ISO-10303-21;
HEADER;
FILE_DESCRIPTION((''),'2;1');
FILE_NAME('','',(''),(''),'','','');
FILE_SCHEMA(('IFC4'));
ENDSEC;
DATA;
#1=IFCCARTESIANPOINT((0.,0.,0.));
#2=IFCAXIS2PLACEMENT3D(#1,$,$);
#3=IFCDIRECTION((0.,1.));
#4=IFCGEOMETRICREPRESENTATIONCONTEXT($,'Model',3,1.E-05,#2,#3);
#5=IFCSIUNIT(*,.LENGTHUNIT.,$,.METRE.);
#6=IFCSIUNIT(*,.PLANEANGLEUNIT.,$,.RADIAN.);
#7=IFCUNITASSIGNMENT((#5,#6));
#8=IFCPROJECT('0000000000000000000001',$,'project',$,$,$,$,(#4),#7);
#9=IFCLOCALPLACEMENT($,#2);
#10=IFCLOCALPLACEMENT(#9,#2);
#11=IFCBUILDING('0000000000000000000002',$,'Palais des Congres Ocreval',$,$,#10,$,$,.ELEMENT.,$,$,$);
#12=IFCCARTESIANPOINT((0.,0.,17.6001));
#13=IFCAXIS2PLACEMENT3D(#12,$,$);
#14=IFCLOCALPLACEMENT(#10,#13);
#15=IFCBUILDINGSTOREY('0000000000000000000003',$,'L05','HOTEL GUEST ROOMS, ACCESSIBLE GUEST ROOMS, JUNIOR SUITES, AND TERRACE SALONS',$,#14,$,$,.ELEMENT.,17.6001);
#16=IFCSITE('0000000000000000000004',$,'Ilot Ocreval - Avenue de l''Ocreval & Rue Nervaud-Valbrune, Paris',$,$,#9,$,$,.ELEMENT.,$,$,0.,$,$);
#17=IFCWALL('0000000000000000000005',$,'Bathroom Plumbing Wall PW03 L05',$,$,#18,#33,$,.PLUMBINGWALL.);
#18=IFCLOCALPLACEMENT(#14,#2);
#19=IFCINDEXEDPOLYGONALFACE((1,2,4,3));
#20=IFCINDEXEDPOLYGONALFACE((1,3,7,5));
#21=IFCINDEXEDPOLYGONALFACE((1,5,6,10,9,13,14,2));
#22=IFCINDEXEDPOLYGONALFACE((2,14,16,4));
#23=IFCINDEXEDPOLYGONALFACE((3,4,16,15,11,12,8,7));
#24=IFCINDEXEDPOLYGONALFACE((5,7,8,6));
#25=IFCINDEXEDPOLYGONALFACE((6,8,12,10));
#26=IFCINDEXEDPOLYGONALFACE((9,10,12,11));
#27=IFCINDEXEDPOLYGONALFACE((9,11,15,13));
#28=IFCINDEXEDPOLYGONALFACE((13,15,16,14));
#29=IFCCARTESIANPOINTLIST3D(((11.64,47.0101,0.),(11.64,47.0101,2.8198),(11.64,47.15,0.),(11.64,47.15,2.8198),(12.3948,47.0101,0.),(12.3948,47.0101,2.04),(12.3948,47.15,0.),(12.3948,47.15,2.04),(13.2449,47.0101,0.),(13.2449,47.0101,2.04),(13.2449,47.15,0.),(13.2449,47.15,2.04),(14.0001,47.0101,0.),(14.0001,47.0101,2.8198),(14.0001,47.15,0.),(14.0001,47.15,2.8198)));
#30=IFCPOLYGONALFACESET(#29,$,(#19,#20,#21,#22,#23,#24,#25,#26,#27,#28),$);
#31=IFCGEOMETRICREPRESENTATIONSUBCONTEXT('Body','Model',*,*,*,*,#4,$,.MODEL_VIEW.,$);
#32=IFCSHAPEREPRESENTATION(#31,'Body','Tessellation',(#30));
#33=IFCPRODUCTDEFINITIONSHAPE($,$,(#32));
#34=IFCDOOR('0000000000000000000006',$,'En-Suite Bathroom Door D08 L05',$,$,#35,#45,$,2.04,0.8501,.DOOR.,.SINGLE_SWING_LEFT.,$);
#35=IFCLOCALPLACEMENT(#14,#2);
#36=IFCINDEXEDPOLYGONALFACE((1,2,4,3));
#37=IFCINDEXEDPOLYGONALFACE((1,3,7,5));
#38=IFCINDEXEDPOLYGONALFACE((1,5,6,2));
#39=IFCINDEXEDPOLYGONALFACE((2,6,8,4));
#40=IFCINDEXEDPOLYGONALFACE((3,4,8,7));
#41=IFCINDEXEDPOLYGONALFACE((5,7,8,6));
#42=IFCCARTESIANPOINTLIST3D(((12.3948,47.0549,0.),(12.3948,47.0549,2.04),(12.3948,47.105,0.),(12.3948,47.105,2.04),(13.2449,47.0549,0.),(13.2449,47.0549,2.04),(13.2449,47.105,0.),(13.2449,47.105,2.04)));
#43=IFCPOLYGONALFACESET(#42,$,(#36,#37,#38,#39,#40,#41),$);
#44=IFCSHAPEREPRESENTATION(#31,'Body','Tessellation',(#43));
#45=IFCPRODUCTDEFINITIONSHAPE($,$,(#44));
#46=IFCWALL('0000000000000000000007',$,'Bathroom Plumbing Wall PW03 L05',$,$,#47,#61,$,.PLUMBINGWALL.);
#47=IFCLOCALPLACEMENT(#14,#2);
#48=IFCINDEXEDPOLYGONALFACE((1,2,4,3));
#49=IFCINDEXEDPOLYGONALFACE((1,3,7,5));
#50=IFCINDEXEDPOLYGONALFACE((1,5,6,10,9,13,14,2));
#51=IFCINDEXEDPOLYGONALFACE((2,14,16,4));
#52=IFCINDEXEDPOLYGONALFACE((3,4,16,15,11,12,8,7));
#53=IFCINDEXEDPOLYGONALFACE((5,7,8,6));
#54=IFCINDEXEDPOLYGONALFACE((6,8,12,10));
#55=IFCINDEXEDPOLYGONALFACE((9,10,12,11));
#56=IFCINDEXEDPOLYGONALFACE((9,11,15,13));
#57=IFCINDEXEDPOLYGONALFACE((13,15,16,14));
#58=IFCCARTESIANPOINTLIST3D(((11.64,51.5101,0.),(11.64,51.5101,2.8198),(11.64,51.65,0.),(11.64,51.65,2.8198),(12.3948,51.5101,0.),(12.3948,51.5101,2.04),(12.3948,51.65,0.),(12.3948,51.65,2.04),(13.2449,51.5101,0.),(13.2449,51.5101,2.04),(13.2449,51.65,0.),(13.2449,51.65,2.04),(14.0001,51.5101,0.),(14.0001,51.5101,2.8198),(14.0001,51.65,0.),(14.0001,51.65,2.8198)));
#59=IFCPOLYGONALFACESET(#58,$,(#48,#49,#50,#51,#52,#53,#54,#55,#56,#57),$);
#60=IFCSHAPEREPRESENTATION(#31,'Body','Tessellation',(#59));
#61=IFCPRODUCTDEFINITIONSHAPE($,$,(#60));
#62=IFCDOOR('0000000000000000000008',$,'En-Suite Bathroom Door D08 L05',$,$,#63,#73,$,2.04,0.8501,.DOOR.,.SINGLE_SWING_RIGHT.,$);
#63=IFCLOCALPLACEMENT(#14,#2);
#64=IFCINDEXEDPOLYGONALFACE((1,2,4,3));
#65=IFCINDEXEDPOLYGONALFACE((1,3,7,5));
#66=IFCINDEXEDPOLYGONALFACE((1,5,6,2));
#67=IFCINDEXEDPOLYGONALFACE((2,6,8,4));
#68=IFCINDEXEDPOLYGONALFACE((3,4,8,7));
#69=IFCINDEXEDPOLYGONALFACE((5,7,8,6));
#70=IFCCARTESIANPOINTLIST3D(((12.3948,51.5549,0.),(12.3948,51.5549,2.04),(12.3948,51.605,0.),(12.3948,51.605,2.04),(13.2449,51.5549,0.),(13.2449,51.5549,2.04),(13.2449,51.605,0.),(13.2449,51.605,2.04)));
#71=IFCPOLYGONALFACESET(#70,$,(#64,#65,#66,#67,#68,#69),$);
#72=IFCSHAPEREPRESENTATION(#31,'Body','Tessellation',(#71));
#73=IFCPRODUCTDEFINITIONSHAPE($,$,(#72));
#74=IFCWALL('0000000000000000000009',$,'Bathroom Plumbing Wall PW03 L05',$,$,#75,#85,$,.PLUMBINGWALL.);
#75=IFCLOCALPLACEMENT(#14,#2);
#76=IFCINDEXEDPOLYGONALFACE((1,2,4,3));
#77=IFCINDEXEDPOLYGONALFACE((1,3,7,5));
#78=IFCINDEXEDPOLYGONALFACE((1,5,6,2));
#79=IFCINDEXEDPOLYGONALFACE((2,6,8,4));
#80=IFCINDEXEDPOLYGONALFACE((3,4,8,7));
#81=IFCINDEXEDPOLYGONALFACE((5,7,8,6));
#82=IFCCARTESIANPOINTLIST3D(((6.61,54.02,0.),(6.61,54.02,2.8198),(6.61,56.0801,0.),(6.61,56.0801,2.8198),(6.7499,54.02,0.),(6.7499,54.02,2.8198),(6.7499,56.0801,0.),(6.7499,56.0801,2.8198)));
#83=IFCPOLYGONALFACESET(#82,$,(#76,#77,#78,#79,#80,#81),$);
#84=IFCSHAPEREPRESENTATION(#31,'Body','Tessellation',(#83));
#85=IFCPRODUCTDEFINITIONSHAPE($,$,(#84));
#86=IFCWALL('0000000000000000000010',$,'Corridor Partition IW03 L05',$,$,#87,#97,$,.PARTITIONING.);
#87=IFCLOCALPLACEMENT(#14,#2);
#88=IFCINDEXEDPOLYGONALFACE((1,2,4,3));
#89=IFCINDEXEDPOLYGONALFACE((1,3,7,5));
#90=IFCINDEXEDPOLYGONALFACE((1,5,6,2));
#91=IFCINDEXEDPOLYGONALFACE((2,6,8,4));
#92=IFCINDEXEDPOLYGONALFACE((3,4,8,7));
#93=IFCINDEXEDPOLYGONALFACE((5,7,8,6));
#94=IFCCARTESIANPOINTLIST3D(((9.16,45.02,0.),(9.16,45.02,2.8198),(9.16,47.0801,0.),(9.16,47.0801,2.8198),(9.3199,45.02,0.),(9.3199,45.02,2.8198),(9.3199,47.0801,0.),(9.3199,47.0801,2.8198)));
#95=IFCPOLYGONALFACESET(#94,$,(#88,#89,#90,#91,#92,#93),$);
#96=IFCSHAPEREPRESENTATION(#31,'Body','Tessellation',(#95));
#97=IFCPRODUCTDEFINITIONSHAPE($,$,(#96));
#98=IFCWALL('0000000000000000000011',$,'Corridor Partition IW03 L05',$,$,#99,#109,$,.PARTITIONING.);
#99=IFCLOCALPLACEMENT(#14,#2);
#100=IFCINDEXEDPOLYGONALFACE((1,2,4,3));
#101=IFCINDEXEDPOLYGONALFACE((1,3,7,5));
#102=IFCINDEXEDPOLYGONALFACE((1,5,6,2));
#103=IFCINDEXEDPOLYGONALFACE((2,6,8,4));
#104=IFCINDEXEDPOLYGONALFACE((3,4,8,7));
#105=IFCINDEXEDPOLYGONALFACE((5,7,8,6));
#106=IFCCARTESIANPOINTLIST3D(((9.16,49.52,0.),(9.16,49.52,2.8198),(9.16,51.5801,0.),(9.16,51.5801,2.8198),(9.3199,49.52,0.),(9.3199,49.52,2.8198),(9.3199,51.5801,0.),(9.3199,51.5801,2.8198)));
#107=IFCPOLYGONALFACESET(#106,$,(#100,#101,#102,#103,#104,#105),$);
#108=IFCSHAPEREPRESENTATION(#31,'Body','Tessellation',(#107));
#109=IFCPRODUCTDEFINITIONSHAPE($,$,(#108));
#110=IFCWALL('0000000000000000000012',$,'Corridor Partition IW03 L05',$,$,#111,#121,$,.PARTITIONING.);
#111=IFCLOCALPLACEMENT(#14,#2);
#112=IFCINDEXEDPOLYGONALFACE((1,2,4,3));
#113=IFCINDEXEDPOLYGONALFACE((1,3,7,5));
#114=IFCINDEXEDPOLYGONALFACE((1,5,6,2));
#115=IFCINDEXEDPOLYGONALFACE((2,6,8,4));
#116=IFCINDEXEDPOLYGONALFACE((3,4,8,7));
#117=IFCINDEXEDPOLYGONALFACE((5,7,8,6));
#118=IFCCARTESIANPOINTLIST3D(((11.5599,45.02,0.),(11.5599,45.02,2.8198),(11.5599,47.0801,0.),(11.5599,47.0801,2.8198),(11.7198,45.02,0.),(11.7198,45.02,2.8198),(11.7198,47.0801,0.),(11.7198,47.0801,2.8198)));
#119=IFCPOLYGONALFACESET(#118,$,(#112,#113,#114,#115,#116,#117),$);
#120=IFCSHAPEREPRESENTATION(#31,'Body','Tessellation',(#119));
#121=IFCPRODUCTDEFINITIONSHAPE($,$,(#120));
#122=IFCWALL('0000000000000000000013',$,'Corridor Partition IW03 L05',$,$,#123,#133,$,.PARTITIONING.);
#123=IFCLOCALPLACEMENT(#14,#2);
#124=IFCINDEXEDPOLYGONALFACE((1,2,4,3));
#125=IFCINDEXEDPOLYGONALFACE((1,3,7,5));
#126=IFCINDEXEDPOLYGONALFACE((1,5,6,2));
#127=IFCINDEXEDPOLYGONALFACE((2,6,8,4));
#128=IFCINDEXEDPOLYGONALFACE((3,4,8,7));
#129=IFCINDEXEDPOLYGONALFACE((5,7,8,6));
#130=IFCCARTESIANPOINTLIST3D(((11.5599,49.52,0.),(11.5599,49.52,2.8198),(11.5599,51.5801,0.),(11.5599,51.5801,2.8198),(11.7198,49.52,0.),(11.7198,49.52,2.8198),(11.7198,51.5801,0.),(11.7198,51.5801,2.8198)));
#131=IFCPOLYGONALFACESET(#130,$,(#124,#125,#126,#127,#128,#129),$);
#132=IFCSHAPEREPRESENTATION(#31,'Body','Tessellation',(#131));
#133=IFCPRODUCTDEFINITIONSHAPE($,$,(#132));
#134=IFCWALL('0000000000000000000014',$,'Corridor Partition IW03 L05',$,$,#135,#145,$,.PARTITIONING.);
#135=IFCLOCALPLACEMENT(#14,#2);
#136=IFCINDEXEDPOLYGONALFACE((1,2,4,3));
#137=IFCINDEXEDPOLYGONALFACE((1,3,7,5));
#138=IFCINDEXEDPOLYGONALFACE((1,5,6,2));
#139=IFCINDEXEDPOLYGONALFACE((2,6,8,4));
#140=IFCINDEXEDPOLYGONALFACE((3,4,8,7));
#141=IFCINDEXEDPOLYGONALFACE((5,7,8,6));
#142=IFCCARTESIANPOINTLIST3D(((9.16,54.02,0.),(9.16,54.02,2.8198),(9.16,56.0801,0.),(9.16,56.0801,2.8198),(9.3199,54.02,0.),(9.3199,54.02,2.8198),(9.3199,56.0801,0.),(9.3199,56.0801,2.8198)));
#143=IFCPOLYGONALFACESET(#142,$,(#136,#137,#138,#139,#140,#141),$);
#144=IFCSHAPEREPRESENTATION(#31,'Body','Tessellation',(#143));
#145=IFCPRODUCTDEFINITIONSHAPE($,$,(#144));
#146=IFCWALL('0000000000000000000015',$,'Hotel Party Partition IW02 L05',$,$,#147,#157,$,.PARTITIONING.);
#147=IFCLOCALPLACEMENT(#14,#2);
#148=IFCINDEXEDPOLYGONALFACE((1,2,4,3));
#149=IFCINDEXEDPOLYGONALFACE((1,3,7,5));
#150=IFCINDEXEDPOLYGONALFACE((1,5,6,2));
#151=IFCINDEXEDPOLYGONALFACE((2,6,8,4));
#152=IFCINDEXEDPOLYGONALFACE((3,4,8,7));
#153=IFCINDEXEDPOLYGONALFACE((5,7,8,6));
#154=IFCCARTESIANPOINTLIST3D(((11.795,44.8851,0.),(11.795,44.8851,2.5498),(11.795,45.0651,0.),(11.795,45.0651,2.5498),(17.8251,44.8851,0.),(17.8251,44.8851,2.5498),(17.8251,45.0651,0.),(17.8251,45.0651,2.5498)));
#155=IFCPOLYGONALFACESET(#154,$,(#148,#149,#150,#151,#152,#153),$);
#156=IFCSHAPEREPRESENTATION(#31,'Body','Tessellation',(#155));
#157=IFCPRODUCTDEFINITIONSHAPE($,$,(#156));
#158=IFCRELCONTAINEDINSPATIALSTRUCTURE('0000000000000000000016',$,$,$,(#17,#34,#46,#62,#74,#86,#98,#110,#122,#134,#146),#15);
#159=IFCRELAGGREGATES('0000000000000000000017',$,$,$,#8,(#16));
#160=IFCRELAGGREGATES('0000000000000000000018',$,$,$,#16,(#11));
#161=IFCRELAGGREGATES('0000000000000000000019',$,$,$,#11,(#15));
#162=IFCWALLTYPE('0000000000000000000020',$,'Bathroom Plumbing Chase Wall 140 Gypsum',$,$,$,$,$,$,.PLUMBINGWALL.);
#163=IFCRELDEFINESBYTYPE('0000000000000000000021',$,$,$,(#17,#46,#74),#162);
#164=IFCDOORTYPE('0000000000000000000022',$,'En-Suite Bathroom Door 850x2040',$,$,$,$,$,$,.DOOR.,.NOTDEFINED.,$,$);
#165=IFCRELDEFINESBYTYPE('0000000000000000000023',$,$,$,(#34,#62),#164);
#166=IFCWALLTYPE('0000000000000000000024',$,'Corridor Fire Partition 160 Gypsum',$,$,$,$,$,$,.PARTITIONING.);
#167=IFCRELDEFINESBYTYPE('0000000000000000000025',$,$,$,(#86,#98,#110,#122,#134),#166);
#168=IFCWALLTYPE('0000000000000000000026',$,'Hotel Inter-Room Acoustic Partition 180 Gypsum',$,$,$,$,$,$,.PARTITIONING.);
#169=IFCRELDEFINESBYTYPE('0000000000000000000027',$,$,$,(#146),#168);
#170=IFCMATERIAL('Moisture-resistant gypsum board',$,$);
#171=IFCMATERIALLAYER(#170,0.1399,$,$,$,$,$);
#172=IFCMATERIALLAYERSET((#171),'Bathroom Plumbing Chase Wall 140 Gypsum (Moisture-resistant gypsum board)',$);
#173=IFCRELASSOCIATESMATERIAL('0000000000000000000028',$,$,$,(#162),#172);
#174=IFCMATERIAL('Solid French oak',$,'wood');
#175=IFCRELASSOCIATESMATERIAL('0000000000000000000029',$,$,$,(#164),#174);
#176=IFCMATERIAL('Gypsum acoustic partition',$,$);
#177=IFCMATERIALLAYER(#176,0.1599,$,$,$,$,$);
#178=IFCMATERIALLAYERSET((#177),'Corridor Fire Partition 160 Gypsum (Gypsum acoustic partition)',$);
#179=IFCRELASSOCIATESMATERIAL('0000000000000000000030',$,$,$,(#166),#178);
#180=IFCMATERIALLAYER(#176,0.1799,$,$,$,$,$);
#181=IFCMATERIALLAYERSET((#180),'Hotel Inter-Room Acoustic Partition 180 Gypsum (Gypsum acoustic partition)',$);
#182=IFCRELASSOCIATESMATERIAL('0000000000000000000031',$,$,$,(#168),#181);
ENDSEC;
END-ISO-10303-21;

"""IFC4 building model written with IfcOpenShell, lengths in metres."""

from ifc_helpers import new_model, si_unit, direction, frame, frame_2d, origin, place, context, subcontext, project, spatial, rectangle, extrude, material, layer, layer_set, type_object, element, fill, save


model = new_model("IFC4")

# Units and contexts
model_context = context("Model", 3, precision=1e-05, world=origin(), true_north=direction((0.0, 1.0)))
body_context = subcontext(model_context, "Body", "Model", "MODEL_VIEW")
ifc_project = project(units=[si_unit("LENGTHUNIT", "METRE"), si_unit("PLANEANGLEUNIT", "RADIAN")], contexts=[model_context])

# Site, building, storey
site_placement = place(None, origin())
site = spatial("IfcSite", under=ifc_project, at=site_placement, Name="Ilot Ocreval - Avenue de l'Ocreval & Rue Nervaud-Valbrune, Paris", CompositionType="ELEMENT", RefElevation=0.0)
building_placement = place(site_placement, origin())
building = spatial("IfcBuilding", under=site, at=building_placement, Name="Palais des Congres Ocreval", CompositionType="ELEMENT")
storey_placement = place(building_placement, frame((0.0, 0.0, 17.6001)))
storey = spatial("IfcBuildingStorey", under=building, at=storey_placement, Name="L05", Description="HOTEL GUEST ROOMS, ACCESSIBLE GUEST ROOMS, JUNIOR SUITES, AND TERRACE SALONS", CompositionType="ELEMENT", Elevation=17.6001)

# Shared definitions
ifc_material_1 = material(Name="Moisture-resistant gypsum board")
ifc_layer_1 = layer(ifc_material_1, 0.1399)
ifc_layer_set_1 = layer_set([ifc_layer_1], Name="Bathroom Plumbing Chase Wall 140 Gypsum (Moisture-resistant gypsum board)")
wall_type_1 = type_object("IfcWallType", Name="Bathroom Plumbing Chase Wall 140 Gypsum", PredefinedType="PLUMBINGWALL", material=ifc_layer_set_1)
ifc_material_2 = material(Name="Solid French oak", Category="wood")
door_type_1 = type_object("IfcDoorType", Name="En-Suite Bathroom Door 850x2040", OperationType="NOTDEFINED", PredefinedType="DOOR", material=ifc_material_2)

# Walls, openings, doors
wall_1_placement = place(storey_placement, frame((11.6399, 47.0801, 0.0), z_axis=(0.0, 0.0, 1.0), x_axis=(1.0, 0.0, 0.0)))
wall_1 = element("IfcWall", 1, at=wall_1_placement, inside=storey, type_object=wall_type_1, Name="Bathroom Plumbing Wall PW03 L05", PredefinedType="PLUMBINGWALL", context=body_context, shape_type="SweptSolid", body=[
    extrude(rectangle(XDim=2.3601, YDim=0.1399, at=frame_2d((1.1802, 0.0))), origin(), (0.0, 0.0, 1.0), 2.8198),
])
opening_1_placement = place(wall_1_placement, frame((0.7549, 0.0, 0.0)))
opening_1 = element("IfcOpeningElement", 2, at=opening_1_placement, cuts=wall_1, PredefinedType="OPENING", context=body_context, shape_type="SweptSolid", body=[
    extrude(rectangle(XDim=0.8501, YDim=2.04, at=frame_2d((0.425, 1.02))), frame((0.0, 0.0798, 0.0), z_axis=(0.0, -1.0, 0.0), x_axis=(1.0, 0.0, 0.0)), (0.0, 0.0, 1.0), 0.1599),
])
door_1_placement = place(opening_1_placement, origin())
door_1 = element("IfcDoor", 3, at=door_1_placement, inside=storey, type_object=door_type_1, Name="En-Suite Bathroom Door D08 L05", OperationType="SINGLE_SWING_LEFT", OverallHeight=2.04, OverallWidth=0.8501, PredefinedType="DOOR", context=body_context, shape_type="SweptSolid", body=[
    extrude(rectangle(XDim=0.8501, YDim=2.04, at=frame_2d((0.425, 1.02))), frame((0.0, 0.0249, 0.0), z_axis=(0.0, -1.0, 0.0), x_axis=(1.0, 0.0, 0.0)), (0.0, 0.0, 1.0), 0.05),
])
fill(opening_1, door_1)
wall_2_placement = place(storey_placement, frame((11.6399, 51.5801, 0.0), z_axis=(0.0, 0.0, 1.0), x_axis=(1.0, 0.0, 0.0)))
wall_2 = element("IfcWall", 4, at=wall_2_placement, inside=storey, type_object=wall_type_1, Name="Bathroom Plumbing Wall PW03 L05", PredefinedType="PLUMBINGWALL", context=body_context, shape_type="SweptSolid", body=[
    extrude(rectangle(XDim=2.3601, YDim=0.1399, at=frame_2d((1.1802, 0.0))), origin(), (0.0, 0.0, 1.0), 2.8198),
])
opening_2_placement = place(wall_2_placement, frame((0.7549, 0.0, 0.0)))
opening_2 = element("IfcOpeningElement", 5, at=opening_2_placement, cuts=wall_2, PredefinedType="OPENING", context=body_context, shape_type="SweptSolid", body=[
    extrude(rectangle(XDim=0.8501, YDim=2.04, at=frame_2d((0.425, 1.02))), frame((0.0, 0.0798, 0.0), z_axis=(0.0, -1.0, 0.0), x_axis=(1.0, 0.0, 0.0)), (0.0, 0.0, 1.0), 0.1599),
])
door_2_placement = place(opening_2_placement, origin())
door_2 = element("IfcDoor", 6, at=door_2_placement, inside=storey, type_object=door_type_1, Name="En-Suite Bathroom Door D08 L05", OperationType="SINGLE_SWING_RIGHT", OverallHeight=2.04, OverallWidth=0.8501, PredefinedType="DOOR", context=body_context, shape_type="SweptSolid", body=[
    extrude(rectangle(XDim=0.8501, YDim=2.04, at=frame_2d((0.425, 1.02))), frame((0.0, 0.0249, 0.0), z_axis=(0.0, -1.0, 0.0), x_axis=(1.0, 0.0, 0.0)), (0.0, 0.0, 1.0), 0.05),
])
fill(opening_2, door_2)

# Walls
wall_3_placement = place(storey_placement, frame((6.6799, 54.02, 0.0), z_axis=(0.0, 0.0, 1.0), x_axis=(0.0, 1.0, 0.0)))
element("IfcWall", 7, at=wall_3_placement, inside=storey, type_object=wall_type_1, Name="Bathroom Plumbing Wall PW03 L05", PredefinedType="PLUMBINGWALL", context=body_context, shape_type="SweptSolid", body=[
    extrude(rectangle(XDim=2.0601, YDim=0.1399, at=frame_2d((1.03, 0.0))), origin(), (0.0, 0.0, 1.0), 2.8198),
])
ifc_material_3 = material(Name="Gypsum acoustic partition")
ifc_layer_2 = layer(ifc_material_3, 0.1599)
ifc_layer_set_2 = layer_set([ifc_layer_2], Name="Corridor Fire Partition 160 Gypsum (Gypsum acoustic partition)")
wall_type_2 = type_object("IfcWallType", Name="Corridor Fire Partition 160 Gypsum", PredefinedType="PARTITIONING", material=ifc_layer_set_2)
for number, where, z_axis, x_axis, name in (
    (8, (9.24, 45.02, 0.0), (0.0, 0.0, 1.0), (0.0, 1.0, 0.0), "Corridor Partition IW03 L05"),
    (9, (9.24, 49.52, 0.0), (0.0, 0.0, 1.0), (0.0, 1.0, 0.0), "Corridor Partition IW03 L05"),
    (10, (11.6399, 45.02, 0.0), (0.0, 0.0, 1.0), (0.0, 1.0, 0.0), "Corridor Partition IW03 L05"),
    (11, (11.6399, 49.52, 0.0), (0.0, 0.0, 1.0), (0.0, 1.0, 0.0), "Corridor Partition IW03 L05"),
    (12, (9.24, 54.02, 0.0), (0.0, 0.0, 1.0), (0.0, 1.0, 0.0), "Corridor Partition IW03 L05"),
):
    element("IfcWall", number, at=place(storey_placement, frame(where, z_axis=z_axis, x_axis=x_axis)), inside=storey, type_object=wall_type_2, Name=name, PredefinedType="PARTITIONING", context=body_context, shape_type="SweptSolid", body=[
        extrude(rectangle(XDim=2.0601, YDim=0.1599, at=frame_2d((1.03, 0.0))), origin(), (0.0, 0.0, 1.0), 2.8198),
    ])

# Wall
ifc_layer_3 = layer(ifc_material_3, 0.1799)
ifc_layer_set_3 = layer_set([ifc_layer_3], Name="Hotel Inter-Room Acoustic Partition 180 Gypsum (Gypsum acoustic partition)")
wall_type_3 = type_object("IfcWallType", Name="Hotel Inter-Room Acoustic Partition 180 Gypsum", PredefinedType="PARTITIONING", material=ifc_layer_set_3)
wall_4_placement = place(storey_placement, frame((11.7949, 44.9751, 0.0), z_axis=(0.0, 0.0, 1.0), x_axis=(1.0, 0.0, 0.0)))
element("IfcWall", 13, at=wall_4_placement, inside=storey, type_object=wall_type_3, Name="Hotel Party Partition IW02 L05", PredefinedType="PARTITIONING", context=body_context, shape_type="SweptSolid", body=[
    extrude(rectangle(XDim=6.03, YDim=0.1799, at=frame_2d((3.0151, 0.0))), origin(), (0.0, 0.0, 1.0), 2.5498),
])

save(model, "model.ifc")
